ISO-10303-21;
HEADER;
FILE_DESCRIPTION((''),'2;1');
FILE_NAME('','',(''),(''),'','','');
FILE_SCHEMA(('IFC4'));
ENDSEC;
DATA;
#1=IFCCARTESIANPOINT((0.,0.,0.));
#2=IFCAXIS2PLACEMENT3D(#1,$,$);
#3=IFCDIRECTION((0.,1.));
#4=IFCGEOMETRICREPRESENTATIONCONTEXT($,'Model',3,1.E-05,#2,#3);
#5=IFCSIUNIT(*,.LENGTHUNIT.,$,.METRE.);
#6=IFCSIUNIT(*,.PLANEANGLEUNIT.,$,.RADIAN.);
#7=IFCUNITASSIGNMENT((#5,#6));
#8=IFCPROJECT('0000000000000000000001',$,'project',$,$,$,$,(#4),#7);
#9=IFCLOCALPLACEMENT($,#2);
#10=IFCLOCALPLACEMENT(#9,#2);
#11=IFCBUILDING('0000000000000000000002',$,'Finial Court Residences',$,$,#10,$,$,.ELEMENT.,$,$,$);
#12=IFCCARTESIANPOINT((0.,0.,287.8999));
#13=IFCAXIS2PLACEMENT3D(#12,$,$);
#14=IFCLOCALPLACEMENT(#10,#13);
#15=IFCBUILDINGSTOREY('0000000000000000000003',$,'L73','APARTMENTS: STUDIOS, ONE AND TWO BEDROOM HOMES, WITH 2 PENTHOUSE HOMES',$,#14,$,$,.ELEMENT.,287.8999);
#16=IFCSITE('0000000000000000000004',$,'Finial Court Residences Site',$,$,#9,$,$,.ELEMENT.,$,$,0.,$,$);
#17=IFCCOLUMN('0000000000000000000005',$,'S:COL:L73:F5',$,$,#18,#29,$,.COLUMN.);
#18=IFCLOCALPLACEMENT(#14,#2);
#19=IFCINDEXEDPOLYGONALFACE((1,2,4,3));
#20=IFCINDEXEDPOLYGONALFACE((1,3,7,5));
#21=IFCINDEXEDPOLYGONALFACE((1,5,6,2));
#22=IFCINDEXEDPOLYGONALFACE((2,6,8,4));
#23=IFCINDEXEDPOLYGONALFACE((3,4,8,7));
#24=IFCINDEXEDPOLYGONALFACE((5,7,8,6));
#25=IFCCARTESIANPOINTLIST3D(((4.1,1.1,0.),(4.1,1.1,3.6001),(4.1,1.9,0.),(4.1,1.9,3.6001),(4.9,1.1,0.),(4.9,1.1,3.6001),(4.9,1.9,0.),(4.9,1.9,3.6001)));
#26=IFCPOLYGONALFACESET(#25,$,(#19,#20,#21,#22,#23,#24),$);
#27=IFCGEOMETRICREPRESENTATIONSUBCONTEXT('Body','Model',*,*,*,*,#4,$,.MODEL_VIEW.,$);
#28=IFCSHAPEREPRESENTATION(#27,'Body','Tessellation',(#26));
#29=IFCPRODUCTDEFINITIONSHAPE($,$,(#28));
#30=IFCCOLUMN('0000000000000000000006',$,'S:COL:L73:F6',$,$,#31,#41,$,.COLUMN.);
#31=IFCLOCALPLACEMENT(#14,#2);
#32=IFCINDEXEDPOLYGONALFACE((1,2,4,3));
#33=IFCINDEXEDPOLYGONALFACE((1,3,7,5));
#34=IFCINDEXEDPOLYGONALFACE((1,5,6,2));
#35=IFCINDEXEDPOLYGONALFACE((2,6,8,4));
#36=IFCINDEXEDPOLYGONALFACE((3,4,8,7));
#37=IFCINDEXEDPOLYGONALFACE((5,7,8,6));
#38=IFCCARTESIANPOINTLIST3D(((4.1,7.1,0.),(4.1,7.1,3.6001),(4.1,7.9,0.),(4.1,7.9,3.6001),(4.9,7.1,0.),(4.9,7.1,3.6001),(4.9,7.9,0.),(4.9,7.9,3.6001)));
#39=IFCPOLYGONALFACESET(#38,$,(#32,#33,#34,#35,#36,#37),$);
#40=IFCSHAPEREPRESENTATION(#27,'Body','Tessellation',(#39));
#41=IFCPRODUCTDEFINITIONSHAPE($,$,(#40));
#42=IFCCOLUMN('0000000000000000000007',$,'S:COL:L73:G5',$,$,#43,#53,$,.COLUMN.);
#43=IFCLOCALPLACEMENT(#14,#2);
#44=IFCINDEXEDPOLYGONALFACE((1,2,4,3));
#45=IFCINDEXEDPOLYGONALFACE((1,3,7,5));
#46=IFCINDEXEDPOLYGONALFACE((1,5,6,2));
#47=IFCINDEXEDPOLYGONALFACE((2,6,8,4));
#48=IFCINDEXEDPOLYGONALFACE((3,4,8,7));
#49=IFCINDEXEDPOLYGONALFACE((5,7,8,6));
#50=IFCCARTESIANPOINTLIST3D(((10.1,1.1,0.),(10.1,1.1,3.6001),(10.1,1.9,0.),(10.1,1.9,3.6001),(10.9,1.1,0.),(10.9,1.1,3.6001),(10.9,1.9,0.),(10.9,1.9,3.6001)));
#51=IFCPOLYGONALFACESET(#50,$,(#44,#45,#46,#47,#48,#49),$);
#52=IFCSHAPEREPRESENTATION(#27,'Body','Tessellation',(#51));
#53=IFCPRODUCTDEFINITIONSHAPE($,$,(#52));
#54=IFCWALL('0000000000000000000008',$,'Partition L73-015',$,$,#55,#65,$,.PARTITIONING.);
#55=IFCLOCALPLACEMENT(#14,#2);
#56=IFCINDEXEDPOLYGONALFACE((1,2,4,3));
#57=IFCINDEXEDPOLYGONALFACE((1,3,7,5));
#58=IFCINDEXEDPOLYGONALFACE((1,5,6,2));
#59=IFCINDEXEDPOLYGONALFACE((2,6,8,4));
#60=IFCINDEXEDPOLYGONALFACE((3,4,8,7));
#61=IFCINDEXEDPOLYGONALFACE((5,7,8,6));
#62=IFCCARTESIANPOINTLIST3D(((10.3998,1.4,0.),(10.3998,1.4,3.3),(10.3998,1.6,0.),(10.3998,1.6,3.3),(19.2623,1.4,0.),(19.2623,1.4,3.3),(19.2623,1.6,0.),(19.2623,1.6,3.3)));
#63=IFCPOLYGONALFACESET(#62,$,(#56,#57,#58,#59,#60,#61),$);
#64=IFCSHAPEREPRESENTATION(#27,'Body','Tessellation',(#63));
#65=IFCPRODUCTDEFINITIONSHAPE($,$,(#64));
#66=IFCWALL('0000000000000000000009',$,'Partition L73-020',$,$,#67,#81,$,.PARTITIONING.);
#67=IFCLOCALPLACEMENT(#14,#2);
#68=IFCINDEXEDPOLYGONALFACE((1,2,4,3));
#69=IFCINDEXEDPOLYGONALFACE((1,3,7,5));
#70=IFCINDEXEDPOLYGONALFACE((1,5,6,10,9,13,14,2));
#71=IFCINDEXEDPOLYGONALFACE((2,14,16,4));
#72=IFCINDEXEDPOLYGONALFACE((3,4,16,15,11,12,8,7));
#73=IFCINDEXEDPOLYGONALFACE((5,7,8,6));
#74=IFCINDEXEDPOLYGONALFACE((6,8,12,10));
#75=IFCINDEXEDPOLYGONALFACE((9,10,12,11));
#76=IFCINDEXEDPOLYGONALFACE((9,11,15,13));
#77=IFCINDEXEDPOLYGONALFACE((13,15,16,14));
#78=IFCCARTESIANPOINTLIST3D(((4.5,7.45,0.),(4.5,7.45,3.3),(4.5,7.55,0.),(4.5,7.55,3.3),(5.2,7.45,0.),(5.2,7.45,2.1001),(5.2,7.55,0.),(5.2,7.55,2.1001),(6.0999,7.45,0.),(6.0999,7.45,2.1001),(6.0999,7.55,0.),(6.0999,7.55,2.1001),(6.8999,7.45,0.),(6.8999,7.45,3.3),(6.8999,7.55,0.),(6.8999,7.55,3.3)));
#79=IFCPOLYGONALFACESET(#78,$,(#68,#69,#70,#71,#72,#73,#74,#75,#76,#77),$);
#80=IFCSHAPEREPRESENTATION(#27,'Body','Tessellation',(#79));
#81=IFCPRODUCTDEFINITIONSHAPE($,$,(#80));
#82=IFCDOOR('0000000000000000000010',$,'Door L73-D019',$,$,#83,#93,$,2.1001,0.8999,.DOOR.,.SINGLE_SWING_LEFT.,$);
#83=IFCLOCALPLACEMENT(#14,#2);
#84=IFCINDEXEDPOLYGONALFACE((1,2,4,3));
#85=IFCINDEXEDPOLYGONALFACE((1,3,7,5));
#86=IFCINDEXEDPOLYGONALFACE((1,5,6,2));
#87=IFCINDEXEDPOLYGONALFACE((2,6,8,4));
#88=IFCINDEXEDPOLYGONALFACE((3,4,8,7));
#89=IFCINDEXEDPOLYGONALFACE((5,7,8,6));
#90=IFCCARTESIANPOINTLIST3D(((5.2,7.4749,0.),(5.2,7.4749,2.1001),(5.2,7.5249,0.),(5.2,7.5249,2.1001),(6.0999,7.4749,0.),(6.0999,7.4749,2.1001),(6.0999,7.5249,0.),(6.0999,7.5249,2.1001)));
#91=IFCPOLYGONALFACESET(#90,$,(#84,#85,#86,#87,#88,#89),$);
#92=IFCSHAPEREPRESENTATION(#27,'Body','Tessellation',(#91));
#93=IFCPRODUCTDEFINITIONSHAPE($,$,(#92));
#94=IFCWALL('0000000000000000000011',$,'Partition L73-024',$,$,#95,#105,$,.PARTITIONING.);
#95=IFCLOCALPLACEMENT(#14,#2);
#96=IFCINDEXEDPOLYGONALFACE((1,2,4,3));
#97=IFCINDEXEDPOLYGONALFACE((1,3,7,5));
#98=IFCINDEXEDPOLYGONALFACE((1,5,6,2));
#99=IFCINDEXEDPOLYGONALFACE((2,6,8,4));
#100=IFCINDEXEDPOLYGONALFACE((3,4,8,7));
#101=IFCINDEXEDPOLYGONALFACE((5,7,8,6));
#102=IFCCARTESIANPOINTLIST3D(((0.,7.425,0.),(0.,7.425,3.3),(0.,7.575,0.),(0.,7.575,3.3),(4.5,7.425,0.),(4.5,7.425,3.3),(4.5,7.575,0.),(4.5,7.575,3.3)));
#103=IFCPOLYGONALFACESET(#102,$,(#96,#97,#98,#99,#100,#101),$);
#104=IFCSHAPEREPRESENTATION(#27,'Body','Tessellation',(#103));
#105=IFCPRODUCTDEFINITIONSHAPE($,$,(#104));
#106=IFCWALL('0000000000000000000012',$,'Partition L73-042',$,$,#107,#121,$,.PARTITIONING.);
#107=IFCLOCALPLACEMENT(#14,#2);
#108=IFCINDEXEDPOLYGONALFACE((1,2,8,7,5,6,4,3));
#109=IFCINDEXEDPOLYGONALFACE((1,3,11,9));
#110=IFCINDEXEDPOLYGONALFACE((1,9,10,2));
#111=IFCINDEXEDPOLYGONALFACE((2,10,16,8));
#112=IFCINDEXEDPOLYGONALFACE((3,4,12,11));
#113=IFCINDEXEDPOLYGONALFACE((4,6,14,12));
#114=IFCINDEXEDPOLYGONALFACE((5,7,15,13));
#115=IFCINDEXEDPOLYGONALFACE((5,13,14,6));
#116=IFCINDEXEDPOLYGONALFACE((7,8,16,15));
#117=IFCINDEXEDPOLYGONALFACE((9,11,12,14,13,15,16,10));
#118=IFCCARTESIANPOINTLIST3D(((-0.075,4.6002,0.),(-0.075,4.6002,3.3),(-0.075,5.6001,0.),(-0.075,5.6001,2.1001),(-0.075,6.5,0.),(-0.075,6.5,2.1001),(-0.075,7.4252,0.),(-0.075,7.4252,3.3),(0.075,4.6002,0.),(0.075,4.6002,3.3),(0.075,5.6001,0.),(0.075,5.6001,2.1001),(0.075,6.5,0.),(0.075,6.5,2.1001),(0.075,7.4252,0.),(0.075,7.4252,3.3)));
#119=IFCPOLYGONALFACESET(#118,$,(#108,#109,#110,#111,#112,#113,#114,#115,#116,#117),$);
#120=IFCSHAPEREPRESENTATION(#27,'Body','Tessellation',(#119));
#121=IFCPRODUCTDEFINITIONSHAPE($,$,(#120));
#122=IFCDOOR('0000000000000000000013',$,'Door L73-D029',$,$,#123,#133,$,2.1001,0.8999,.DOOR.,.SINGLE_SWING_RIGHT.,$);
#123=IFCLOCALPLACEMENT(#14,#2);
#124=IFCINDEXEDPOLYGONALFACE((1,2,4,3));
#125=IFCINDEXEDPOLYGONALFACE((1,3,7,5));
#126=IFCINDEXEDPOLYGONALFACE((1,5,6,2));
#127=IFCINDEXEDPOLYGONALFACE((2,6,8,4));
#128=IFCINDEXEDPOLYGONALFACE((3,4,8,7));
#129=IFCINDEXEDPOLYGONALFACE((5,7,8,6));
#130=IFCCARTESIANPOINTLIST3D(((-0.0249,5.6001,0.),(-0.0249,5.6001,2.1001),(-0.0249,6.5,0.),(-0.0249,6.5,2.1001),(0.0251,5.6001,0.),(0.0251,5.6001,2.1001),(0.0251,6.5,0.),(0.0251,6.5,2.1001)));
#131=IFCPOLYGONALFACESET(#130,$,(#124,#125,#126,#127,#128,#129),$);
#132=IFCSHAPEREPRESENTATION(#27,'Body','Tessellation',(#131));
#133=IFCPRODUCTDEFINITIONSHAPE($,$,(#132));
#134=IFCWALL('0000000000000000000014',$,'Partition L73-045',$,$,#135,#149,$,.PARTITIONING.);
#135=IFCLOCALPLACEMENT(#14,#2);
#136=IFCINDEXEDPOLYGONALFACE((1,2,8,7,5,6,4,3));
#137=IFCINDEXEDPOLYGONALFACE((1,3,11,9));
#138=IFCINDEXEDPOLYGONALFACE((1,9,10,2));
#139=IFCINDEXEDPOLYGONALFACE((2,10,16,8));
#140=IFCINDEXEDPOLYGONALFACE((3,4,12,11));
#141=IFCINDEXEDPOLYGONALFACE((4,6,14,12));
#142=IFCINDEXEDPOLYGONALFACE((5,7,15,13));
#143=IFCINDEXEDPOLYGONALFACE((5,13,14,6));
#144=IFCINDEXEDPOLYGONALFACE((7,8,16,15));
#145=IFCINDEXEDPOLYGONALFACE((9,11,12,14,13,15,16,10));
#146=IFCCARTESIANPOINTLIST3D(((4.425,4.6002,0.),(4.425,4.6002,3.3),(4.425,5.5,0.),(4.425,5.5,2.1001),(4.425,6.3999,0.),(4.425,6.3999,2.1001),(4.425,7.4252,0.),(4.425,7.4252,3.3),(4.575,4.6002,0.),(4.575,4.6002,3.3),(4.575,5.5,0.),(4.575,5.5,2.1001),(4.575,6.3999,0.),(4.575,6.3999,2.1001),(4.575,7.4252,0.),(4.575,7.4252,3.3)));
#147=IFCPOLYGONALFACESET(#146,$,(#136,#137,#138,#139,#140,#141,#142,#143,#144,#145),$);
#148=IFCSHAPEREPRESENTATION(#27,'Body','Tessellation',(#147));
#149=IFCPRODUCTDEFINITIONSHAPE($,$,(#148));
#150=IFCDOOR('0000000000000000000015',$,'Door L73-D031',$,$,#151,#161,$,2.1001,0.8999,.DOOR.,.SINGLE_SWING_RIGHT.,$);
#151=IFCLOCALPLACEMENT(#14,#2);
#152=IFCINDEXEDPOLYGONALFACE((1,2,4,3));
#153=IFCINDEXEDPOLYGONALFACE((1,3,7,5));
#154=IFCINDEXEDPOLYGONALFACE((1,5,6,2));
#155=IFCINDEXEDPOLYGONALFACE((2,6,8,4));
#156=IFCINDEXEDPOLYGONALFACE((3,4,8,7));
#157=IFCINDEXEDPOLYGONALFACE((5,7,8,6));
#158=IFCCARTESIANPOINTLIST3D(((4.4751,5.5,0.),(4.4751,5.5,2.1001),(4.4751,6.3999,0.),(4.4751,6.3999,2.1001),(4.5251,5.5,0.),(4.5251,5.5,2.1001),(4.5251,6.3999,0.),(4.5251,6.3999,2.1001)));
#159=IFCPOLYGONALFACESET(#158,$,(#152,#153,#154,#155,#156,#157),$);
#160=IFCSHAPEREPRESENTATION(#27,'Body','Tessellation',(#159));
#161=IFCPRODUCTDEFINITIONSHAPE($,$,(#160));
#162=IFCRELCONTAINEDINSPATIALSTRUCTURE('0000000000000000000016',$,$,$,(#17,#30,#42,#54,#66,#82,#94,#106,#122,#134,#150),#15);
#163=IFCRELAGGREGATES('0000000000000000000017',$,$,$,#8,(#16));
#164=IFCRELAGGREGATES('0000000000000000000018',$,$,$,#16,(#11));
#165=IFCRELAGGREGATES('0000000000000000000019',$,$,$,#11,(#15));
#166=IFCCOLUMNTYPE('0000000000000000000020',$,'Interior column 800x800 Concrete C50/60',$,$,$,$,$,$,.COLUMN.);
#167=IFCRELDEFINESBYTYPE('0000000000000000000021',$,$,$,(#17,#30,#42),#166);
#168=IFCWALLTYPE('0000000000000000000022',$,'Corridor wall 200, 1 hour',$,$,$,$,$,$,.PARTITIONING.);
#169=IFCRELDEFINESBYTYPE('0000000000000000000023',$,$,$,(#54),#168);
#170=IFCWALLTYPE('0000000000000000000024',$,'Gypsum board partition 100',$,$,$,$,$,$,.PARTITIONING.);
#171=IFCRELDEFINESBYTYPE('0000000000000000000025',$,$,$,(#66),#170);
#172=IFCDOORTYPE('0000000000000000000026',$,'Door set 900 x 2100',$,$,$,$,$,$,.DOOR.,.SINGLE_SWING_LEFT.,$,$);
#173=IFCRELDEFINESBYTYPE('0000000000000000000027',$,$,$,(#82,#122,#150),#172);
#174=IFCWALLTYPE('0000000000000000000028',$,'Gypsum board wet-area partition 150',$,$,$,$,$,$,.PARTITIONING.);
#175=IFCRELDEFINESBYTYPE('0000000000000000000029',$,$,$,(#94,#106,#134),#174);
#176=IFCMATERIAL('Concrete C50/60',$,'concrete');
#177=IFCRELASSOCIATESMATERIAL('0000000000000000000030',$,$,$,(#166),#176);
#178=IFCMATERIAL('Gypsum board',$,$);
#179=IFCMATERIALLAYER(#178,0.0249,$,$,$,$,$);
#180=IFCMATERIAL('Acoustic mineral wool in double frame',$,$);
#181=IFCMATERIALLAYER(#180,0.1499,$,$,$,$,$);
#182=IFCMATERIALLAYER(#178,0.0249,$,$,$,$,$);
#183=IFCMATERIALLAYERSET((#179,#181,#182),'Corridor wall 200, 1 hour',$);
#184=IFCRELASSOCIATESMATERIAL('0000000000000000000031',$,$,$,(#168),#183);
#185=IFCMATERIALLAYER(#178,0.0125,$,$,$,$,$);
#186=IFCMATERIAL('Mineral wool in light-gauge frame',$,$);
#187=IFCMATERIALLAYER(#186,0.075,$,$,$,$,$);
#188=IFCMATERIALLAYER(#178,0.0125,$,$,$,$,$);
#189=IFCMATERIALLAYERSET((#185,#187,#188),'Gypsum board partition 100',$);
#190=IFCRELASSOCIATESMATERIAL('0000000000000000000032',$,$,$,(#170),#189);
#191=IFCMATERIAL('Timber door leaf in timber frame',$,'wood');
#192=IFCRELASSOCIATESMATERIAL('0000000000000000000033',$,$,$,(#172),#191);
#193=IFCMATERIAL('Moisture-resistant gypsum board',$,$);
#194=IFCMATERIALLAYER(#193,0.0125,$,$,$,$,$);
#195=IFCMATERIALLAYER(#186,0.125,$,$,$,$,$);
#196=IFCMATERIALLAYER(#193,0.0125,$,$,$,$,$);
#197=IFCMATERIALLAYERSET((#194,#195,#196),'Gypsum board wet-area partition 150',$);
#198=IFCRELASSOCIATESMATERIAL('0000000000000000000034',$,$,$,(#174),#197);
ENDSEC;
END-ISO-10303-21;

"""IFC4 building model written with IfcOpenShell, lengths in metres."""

from ifc_helpers import new_model, si_unit, direction, frame, frame_2d, origin, origin_2d, place, context, subcontext, project, spatial, rectangle, extrude, material, layer, layer_set, material_profile, profile_set, type_object, element, fill, save


model = new_model("IFC4")

# Units and contexts
model_context = context("Model", 3, precision=1e-05, world=origin(), true_north=direction((0.0, 1.0)))
body_context = subcontext(model_context, "Body", "Model", "MODEL_VIEW")
ifc_project = project(units=[si_unit("LENGTHUNIT", "METRE"), si_unit("PLANEANGLEUNIT", "RADIAN")], contexts=[model_context])

# Site, building, storey
site_placement = place(None, origin())
site = spatial("IfcSite", under=ifc_project, at=site_placement, Name="Finial Court Residences Site", CompositionType="ELEMENT", RefElevation=0.0)
building_placement = place(site_placement, origin())
building = spatial("IfcBuilding", under=site, at=building_placement, Name="Finial Court Residences", CompositionType="ELEMENT")
storey_placement = place(building_placement, frame((0.0, 0.0, 287.8999)))
storey = spatial("IfcBuildingStorey", under=building, at=storey_placement, Name="L73", Description="APARTMENTS: STUDIOS, ONE AND TWO BEDROOM HOMES, WITH 2 PENTHOUSE HOMES", CompositionType="ELEMENT", Elevation=287.8999)

# Columns
ifc_material_1 = material(Name="Concrete C50/60", Category="concrete")
ifc_material_profile = material_profile(ifc_material_1, rectangle(XDim=0.8, YDim=0.8, at=origin_2d()), Name="800x800")
ifc_profile_set = profile_set([ifc_material_profile], Name="Concrete C50/60")
column_type = type_object("IfcColumnType", Name="Interior column 800x800 Concrete C50/60", PredefinedType="COLUMN", material=ifc_profile_set)
for number, where, z_axis, x_axis, name in (
    (1, (4.5, 1.5, 0.0), (0.0, 0.0, 1.0), (1.0, 0.0, 0.0), "S:COL:L73:F5"),
    (2, (4.5, 7.5, 0.0), (0.0, 0.0, 1.0), (1.0, 0.0, 0.0), "S:COL:L73:F6"),
    (3, (10.5, 1.5, 0.0), (0.0, 0.0, 1.0), (1.0, 0.0, 0.0), "S:COL:L73:G5"),
):
    element("IfcColumn", number, at=place(storey_placement, frame(where, z_axis=z_axis, x_axis=x_axis)), inside=storey, type_object=column_type, Name=name, PredefinedType="COLUMN", context=body_context, shape_type="SweptSolid", body=[
        extrude(rectangle(XDim=0.8, YDim=0.8, at=origin_2d()), origin(), (0.0, 0.0, 1.0), 3.6001),
    ])

# Wall
ifc_material_2 = material(Name="Gypsum board")
ifc_layer_1 = layer(ifc_material_2, 0.0249)
ifc_material_3 = material(Name="Acoustic mineral wool in double frame")
ifc_layer_2 = layer(ifc_material_3, 0.1499)
ifc_layer_3 = layer(ifc_material_2, 0.0249)
ifc_layer_set_1 = layer_set([ifc_layer_1, ifc_layer_2, ifc_layer_3], Name="Corridor wall 200, 1 hour")
wall_type_1 = type_object("IfcWallType", Name="Corridor wall 200, 1 hour", PredefinedType="PARTITIONING", material=ifc_layer_set_1)
wall_1_placement = place(storey_placement, frame((10.3999, 1.5, 0.0), z_axis=(0.0, 0.0, 1.0), x_axis=(1.0, 0.0, 0.0)))
element("IfcWall", 4, at=wall_1_placement, inside=storey, type_object=wall_type_1, Name="Partition L73-015", PredefinedType="PARTITIONING", context=body_context, shape_type="SweptSolid", body=[
    extrude(rectangle(XDim=8.8625, YDim=0.2, at=frame_2d((4.4312, 0.0))), origin(), (0.0, 0.0, 1.0), 3.3),
])

# Wall, opening, door
ifc_layer_4 = layer(ifc_material_2, 0.0125)
ifc_material_4 = material(Name="Mineral wool in light-gauge frame")
ifc_layer_5 = layer(ifc_material_4, 0.075)
ifc_layer_6 = layer(ifc_material_2, 0.0125)
ifc_layer_set_2 = layer_set([ifc_layer_4, ifc_layer_5, ifc_layer_6], Name="Gypsum board partition 100")
wall_type_2 = type_object("IfcWallType", Name="Gypsum board partition 100", PredefinedType="PARTITIONING", material=ifc_layer_set_2)
wall_2_placement = place(storey_placement, frame((4.5, 7.5, 0.0), z_axis=(0.0, 0.0, 1.0), x_axis=(1.0, 0.0, 0.0)))
wall_2 = element("IfcWall", 5, at=wall_2_placement, inside=storey, type_object=wall_type_2, Name="Partition L73-020", PredefinedType="PARTITIONING", context=body_context, shape_type="SweptSolid", body=[
    extrude(rectangle(XDim=2.3999, YDim=0.1001, at=frame_2d((1.2, 0.0))), origin(), (0.0, 0.0, 1.0), 3.3),
])
opening_1_placement = place(wall_2_placement, frame((0.7, 0.0, 0.0)))
opening_1 = element("IfcOpeningElement", 6, at=opening_1_placement, cuts=wall_2, PredefinedType="OPENING", context=body_context, shape_type="SweptSolid", body=[
    extrude(rectangle(XDim=0.8999, YDim=2.1001, at=frame_2d((0.45, 1.05))), frame((0.0, 0.0601, 0.0), z_axis=(0.0, -1.0, 0.0), x_axis=(1.0, 0.0, 0.0)), (0.0, 0.0, 1.0), 0.1201),
])
ifc_material_5 = material(Name="Timber door leaf in timber frame", Category="wood")
door_type = type_object("IfcDoorType", Name="Door set 900 x 2100", OperationType="SINGLE_SWING_LEFT", PredefinedType="DOOR", material=ifc_material_5)
door_1_placement = place(opening_1_placement, origin())
door_1 = element("IfcDoor", 7, at=door_1_placement, inside=storey, type_object=door_type, Name="Door L73-D019", OperationType="SINGLE_SWING_LEFT", OverallHeight=2.1001, OverallWidth=0.8999, PredefinedType="DOOR", context=body_context, shape_type="SweptSolid", body=[
    extrude(rectangle(XDim=0.8999, YDim=2.1001, at=frame_2d((0.45, 1.05))), frame((0.0, 0.0249, 0.0), z_axis=(0.0, -1.0, 0.0), x_axis=(1.0, 0.0, 0.0)), (0.0, 0.0, 1.0), 0.05),
])
fill(opening_1, door_1)

# Wall
ifc_material_6 = material(Name="Moisture-resistant gypsum board")
ifc_layer_7 = layer(ifc_material_6, 0.0125)
ifc_layer_8 = layer(ifc_material_4, 0.125)
ifc_layer_9 = layer(ifc_material_6, 0.0125)
ifc_layer_set_3 = layer_set([ifc_layer_7, ifc_layer_8, ifc_layer_9], Name="Gypsum board wet-area partition 150")
wall_type_3 = type_object("IfcWallType", Name="Gypsum board wet-area partition 150", PredefinedType="PARTITIONING", material=ifc_layer_set_3)
wall_3_placement = place(storey_placement, frame((0.0, 7.5, 0.0), z_axis=(0.0, 0.0, 1.0), x_axis=(1.0, 0.0, 0.0)))
element("IfcWall", 8, at=wall_3_placement, inside=storey, type_object=wall_type_3, Name="Partition L73-024", PredefinedType="PARTITIONING", context=body_context, shape_type="SweptSolid", body=[
    extrude(rectangle(XDim=4.5, YDim=0.1499, at=frame_2d((2.25, 0.0))), origin(), (0.0, 0.0, 1.0), 3.3),
])

# Walls, openings, doors
wall_4_placement = place(storey_placement, frame((0.0, 4.6001, 0.0), z_axis=(0.0, 0.0, 1.0), x_axis=(0.0, 1.0, 0.0)))
wall_4 = element("IfcWall", 9, at=wall_4_placement, inside=storey, type_object=wall_type_3, Name="Partition L73-042", PredefinedType="PARTITIONING", context=body_context, shape_type="SweptSolid", body=[
    extrude(rectangle(XDim=2.825, YDim=0.1499, at=frame_2d((1.4126, 0.0))), origin(), (0.0, 0.0, 1.0), 3.3),
])
opening_2_placement = place(wall_4_placement, frame((1.0, 0.0, 0.0)))
opening_2 = element("IfcOpeningElement", 10, at=opening_2_placement, cuts=wall_4, PredefinedType="OPENING", context=body_context, shape_type="SweptSolid", body=[
    extrude(rectangle(XDim=0.8999, YDim=2.1001, at=frame_2d((0.45, 1.05))), frame((0.0, 0.085, 0.0), z_axis=(0.0, -1.0, 0.0), x_axis=(1.0, 0.0, 0.0)), (0.0, 0.0, 1.0), 0.1699),
])
door_2_placement = place(opening_2_placement, origin())
door_2 = element("IfcDoor", 11, at=door_2_placement, inside=storey, type_object=door_type, Name="Door L73-D029", OperationType="SINGLE_SWING_RIGHT", OverallHeight=2.1001, OverallWidth=0.8999, PredefinedType="DOOR", context=body_context, shape_type="SweptSolid", body=[
    extrude(rectangle(XDim=0.8999, YDim=2.1001, at=frame_2d((0.45, 1.05))), frame((0.0, 0.0249, 0.0), z_axis=(0.0, -1.0, 0.0), x_axis=(1.0, 0.0, 0.0)), (0.0, 0.0, 1.0), 0.05),
])
fill(opening_2, door_2)
wall_5_placement = place(storey_placement, frame((4.5, 4.6001, 0.0), z_axis=(0.0, 0.0, 1.0), x_axis=(0.0, 1.0, 0.0)))
wall_5 = element("IfcWall", 12, at=wall_5_placement, inside=storey, type_object=wall_type_3, Name="Partition L73-045", PredefinedType="PARTITIONING", context=body_context, shape_type="SweptSolid", body=[
    extrude(rectangle(XDim=2.825, YDim=0.1499, at=frame_2d((1.4126, 0.0))), origin(), (0.0, 0.0, 1.0), 3.3),
])
opening_3_placement = place(wall_5_placement, frame((0.8999, 0.0, 0.0)))
opening_3 = element("IfcOpeningElement", 13, at=opening_3_placement, cuts=wall_5, PredefinedType="OPENING", context=body_context, shape_type="SweptSolid", body=[
    extrude(rectangle(XDim=0.8999, YDim=2.1001, at=frame_2d((0.45, 1.05))), frame((0.0, 0.085, 0.0), z_axis=(0.0, -1.0, 0.0), x_axis=(1.0, 0.0, 0.0)), (0.0, 0.0, 1.0), 0.1699),
])
door_3_placement = place(opening_3_placement, origin())
door_3 = element("IfcDoor", 14, at=door_3_placement, inside=storey, type_object=door_type, Name="Door L73-D031", OperationType="SINGLE_SWING_RIGHT", OverallHeight=2.1001, OverallWidth=0.8999, PredefinedType="DOOR", context=body_context, shape_type="SweptSolid", body=[
    extrude(rectangle(XDim=0.8999, YDim=2.1001, at=frame_2d((0.45, 1.05))), frame((0.0, 0.0249, 0.0), z_axis=(0.0, -1.0, 0.0), x_axis=(1.0, 0.0, 0.0)), (0.0, 0.0, 1.0), 0.05),
])
fill(opening_3, door_3)

save(model, "model.ifc")
